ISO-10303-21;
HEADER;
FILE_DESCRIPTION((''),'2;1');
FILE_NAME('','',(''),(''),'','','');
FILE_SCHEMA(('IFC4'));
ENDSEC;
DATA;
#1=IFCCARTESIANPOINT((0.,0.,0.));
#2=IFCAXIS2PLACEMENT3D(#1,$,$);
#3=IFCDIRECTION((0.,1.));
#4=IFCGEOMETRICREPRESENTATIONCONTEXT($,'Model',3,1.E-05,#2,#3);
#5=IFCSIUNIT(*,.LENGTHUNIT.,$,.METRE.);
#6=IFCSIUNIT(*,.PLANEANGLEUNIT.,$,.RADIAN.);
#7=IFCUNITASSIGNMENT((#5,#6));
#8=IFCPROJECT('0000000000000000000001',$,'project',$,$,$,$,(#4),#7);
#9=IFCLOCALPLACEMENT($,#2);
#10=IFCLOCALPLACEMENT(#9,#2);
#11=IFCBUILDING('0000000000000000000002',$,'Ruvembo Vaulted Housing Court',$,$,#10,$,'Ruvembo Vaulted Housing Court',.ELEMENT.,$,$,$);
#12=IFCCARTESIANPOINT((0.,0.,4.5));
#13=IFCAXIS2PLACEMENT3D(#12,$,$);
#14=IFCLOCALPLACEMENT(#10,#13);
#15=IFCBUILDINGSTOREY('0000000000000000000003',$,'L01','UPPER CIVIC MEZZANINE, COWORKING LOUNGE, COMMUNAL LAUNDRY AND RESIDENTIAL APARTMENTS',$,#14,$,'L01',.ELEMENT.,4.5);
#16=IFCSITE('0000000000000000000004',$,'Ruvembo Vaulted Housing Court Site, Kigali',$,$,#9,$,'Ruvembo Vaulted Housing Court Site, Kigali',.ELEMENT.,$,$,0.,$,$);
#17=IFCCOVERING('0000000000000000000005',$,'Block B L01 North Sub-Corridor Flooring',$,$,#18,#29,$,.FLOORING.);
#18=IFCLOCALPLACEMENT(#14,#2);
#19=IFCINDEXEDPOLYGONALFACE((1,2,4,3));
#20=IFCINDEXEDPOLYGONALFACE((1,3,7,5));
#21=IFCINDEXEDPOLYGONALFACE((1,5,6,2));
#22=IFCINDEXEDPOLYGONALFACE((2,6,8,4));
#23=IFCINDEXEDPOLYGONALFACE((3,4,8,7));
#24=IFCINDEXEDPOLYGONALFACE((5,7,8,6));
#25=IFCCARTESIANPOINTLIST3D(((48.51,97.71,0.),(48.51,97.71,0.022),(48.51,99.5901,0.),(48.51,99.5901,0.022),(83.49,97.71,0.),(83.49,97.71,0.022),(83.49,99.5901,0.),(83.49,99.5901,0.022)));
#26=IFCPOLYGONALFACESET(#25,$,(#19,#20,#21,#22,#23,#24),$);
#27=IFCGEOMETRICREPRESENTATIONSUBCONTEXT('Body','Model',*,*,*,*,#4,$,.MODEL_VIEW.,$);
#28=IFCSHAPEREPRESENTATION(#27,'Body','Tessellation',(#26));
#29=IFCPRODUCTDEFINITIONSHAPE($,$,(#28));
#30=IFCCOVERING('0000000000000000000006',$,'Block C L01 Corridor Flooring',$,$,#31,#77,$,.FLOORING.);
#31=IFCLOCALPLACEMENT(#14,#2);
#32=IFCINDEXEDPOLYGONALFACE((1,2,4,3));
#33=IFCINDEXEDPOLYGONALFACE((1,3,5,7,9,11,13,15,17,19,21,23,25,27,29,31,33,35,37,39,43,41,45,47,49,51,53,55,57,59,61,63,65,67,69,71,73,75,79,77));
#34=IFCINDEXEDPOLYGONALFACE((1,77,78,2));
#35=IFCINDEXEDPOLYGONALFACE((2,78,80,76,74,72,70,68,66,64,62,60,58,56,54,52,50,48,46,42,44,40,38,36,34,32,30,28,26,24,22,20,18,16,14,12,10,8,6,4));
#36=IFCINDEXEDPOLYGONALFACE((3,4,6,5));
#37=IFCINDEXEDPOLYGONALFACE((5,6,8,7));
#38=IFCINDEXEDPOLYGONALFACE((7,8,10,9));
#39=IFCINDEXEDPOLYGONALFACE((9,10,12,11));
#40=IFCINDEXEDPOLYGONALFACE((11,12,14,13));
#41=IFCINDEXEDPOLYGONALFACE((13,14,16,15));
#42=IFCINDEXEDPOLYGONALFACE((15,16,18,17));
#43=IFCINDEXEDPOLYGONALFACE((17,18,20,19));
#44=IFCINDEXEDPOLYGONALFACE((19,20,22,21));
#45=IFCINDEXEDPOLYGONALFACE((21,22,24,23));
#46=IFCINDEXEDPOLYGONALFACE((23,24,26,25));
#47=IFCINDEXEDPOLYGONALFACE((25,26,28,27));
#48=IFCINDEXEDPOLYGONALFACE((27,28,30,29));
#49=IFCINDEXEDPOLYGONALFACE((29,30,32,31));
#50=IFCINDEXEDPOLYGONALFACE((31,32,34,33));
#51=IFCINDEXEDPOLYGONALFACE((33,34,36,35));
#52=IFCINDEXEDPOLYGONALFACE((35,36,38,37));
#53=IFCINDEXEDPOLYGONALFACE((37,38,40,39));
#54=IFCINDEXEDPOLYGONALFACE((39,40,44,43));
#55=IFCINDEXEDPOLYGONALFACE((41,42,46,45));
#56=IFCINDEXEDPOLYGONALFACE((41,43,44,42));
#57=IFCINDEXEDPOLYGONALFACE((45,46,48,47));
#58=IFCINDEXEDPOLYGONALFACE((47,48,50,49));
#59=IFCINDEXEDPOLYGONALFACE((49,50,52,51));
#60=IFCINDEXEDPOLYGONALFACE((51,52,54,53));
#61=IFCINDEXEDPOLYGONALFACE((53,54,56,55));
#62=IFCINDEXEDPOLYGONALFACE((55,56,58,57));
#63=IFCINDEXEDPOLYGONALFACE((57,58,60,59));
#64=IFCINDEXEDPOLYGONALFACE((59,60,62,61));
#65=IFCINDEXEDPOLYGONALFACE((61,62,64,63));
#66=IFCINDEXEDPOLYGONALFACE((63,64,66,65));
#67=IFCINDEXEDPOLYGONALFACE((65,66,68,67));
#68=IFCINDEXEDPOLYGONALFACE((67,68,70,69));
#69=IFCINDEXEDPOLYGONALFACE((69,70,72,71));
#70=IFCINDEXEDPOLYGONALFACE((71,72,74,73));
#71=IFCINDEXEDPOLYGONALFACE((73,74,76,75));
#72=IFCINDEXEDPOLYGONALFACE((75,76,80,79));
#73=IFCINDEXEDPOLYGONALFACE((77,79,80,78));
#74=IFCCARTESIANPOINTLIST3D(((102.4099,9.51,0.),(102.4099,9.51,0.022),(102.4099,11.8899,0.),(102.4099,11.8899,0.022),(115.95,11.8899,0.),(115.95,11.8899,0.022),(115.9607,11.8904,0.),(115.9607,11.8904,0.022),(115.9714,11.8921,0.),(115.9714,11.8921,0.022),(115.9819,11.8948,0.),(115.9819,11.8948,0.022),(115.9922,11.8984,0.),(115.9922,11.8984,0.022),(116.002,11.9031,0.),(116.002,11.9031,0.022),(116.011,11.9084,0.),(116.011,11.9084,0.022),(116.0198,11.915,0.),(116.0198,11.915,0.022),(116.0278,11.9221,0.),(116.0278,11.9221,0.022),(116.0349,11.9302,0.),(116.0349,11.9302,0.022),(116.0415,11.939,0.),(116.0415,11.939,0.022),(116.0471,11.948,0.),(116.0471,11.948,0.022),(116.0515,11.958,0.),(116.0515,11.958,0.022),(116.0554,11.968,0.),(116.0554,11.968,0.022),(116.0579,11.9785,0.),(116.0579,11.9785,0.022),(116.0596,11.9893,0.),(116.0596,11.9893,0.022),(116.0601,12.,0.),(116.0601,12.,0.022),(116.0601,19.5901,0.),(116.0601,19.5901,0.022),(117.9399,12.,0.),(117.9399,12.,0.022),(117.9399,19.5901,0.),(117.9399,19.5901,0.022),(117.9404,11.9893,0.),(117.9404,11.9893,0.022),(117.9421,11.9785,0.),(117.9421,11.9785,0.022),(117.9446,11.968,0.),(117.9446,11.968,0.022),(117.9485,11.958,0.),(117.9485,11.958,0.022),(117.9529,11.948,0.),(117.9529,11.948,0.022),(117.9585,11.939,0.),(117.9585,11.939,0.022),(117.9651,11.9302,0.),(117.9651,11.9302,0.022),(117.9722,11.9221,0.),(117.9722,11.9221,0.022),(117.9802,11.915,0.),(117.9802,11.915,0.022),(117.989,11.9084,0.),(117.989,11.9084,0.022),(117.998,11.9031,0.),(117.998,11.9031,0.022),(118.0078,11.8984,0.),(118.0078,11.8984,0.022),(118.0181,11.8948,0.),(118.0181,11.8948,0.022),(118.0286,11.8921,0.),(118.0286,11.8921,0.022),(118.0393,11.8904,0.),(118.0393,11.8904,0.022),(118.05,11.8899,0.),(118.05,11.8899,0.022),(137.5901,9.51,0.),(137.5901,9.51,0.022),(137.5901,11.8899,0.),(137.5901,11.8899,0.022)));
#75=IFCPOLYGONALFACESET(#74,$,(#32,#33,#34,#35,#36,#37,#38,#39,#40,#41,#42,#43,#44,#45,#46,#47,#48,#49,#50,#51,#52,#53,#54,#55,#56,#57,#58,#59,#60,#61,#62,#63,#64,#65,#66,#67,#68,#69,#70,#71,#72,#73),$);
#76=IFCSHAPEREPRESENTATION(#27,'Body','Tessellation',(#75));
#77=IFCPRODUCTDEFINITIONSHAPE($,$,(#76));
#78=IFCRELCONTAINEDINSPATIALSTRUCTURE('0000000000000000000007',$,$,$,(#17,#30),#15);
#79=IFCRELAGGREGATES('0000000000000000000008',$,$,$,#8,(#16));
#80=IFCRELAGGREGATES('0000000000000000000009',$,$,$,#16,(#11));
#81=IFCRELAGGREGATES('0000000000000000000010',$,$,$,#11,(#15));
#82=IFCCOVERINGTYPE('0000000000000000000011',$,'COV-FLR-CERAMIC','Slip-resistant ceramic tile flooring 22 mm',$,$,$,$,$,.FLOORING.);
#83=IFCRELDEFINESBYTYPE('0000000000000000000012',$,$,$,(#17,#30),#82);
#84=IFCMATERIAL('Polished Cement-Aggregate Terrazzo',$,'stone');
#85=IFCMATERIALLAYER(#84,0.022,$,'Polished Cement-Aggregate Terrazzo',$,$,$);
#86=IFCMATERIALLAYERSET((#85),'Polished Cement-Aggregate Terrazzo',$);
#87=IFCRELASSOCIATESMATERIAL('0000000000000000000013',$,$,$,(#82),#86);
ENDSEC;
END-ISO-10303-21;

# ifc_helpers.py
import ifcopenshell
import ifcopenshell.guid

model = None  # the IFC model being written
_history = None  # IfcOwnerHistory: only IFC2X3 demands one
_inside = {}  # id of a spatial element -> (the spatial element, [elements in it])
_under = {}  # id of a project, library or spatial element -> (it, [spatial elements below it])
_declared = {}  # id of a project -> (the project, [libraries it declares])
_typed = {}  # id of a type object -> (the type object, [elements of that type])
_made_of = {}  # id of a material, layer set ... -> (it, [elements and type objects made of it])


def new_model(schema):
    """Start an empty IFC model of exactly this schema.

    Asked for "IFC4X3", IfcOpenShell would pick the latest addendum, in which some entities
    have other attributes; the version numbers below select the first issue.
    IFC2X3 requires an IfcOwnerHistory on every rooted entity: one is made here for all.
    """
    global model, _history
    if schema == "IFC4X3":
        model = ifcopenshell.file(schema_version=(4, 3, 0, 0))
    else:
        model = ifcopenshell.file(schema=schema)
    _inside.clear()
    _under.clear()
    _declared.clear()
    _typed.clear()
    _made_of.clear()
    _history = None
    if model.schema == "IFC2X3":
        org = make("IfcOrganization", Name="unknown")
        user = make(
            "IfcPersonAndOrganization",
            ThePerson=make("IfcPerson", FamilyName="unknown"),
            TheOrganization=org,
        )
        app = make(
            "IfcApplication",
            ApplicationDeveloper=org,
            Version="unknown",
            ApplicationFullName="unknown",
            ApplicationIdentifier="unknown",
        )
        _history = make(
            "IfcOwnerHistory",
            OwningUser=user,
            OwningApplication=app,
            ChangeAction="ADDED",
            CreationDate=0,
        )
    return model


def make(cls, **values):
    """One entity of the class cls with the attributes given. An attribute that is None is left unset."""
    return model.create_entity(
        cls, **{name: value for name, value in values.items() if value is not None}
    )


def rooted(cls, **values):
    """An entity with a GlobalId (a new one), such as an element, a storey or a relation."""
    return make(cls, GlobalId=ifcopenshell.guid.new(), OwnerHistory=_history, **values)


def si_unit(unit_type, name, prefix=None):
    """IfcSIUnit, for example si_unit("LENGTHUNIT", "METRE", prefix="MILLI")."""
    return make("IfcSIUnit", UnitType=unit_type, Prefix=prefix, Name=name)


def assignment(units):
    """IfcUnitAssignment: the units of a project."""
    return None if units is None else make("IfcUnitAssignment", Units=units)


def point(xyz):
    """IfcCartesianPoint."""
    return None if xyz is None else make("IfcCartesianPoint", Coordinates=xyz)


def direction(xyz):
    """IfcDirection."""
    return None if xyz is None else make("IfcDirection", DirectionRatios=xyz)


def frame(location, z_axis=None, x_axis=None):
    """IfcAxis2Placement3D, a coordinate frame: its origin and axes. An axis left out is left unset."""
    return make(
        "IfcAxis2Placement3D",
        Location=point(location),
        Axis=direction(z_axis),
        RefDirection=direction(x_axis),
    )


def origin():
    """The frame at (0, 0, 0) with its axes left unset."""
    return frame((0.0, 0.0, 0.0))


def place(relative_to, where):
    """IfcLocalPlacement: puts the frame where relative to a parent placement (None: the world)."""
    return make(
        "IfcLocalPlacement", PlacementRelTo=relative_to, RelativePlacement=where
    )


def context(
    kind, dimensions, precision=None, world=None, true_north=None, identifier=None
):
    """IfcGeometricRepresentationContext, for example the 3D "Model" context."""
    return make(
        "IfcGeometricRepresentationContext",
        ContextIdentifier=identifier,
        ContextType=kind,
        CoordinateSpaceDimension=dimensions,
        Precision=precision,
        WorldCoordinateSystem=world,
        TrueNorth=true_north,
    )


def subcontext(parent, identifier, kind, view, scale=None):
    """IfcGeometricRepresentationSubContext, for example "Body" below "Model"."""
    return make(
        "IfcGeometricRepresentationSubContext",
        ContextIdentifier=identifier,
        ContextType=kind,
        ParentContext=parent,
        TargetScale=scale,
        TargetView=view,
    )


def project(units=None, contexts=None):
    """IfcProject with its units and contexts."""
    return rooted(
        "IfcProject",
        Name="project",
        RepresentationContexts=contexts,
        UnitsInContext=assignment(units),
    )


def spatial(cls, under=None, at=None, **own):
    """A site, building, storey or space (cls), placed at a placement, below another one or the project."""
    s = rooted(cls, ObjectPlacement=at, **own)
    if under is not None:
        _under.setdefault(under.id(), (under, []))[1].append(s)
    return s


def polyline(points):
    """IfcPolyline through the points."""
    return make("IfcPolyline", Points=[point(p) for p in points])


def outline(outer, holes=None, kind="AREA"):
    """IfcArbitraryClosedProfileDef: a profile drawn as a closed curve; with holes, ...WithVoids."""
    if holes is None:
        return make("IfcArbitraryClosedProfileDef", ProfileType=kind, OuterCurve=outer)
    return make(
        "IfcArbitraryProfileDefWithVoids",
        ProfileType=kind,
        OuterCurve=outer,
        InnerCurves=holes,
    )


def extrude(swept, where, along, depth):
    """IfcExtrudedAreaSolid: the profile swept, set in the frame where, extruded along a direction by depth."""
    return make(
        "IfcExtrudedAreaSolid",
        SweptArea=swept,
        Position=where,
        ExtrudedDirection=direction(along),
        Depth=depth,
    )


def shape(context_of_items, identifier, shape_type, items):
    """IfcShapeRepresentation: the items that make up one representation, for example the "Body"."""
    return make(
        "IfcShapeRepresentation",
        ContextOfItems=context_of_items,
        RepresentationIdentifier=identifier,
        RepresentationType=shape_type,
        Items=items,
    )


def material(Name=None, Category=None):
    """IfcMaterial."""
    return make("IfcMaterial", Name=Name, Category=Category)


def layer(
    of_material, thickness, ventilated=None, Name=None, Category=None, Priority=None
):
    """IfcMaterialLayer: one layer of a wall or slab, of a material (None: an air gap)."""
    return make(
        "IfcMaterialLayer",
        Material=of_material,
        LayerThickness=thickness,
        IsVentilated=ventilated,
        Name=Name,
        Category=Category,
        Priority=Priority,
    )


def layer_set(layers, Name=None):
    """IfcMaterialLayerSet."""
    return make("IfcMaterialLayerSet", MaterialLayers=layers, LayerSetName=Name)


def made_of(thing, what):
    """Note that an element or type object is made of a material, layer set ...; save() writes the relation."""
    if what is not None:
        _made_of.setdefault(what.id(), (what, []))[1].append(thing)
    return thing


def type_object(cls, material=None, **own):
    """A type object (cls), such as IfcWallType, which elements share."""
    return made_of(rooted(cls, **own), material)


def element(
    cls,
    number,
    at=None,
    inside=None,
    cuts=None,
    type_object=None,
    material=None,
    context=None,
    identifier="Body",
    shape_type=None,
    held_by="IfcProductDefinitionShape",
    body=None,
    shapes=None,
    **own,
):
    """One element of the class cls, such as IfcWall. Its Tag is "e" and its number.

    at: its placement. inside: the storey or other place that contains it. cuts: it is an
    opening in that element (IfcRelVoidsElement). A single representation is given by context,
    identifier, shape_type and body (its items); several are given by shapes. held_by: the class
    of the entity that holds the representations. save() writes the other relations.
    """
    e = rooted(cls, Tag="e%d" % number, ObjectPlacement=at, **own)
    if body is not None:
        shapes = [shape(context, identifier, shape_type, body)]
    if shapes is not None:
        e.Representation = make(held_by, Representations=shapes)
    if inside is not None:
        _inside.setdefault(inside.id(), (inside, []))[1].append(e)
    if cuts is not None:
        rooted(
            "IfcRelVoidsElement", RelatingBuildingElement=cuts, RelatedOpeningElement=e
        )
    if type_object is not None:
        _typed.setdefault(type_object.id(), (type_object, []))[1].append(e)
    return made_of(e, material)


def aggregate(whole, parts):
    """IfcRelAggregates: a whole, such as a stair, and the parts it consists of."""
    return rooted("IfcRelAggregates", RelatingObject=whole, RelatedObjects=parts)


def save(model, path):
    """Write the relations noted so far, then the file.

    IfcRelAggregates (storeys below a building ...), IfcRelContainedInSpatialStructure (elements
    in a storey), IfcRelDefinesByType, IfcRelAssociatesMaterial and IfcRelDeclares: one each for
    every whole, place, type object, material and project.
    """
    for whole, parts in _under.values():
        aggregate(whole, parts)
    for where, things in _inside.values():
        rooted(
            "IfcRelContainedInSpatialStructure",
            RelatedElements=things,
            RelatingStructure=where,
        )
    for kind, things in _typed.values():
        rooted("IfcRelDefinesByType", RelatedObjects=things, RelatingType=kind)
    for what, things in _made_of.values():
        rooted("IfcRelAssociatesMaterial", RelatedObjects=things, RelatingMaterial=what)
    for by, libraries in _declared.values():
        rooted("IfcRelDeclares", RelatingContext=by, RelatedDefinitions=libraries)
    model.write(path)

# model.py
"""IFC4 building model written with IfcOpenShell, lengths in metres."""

from ifc_helpers import new_model, si_unit, direction, frame, origin, place, context, subcontext, project, spatial, polyline, outline, extrude, material, layer, layer_set, type_object, element, save


model = new_model("IFC4")

# Units and contexts
model_context = context("Model", 3, precision=1e-05, world=origin(), true_north=direction((0.0, 1.0)))
body_context = subcontext(model_context, "Body", "Model", "MODEL_VIEW")
ifc_project = project(units=[si_unit("LENGTHUNIT", "METRE"), si_unit("PLANEANGLEUNIT", "RADIAN")], contexts=[model_context])

# Site, building, storey
site_placement = place(None, origin())
site = spatial("IfcSite", under=ifc_project, at=site_placement, Name="Ruvembo Vaulted Housing Court Site, Kigali", LongName="Ruvembo Vaulted Housing Court Site, Kigali", CompositionType="ELEMENT", RefElevation=0.0)
building_placement = place(site_placement, origin())
building = spatial("IfcBuilding", under=site, at=building_placement, Name="Ruvembo Vaulted Housing Court", LongName="Ruvembo Vaulted Housing Court", CompositionType="ELEMENT")
storey_placement = place(building_placement, frame((0.0, 0.0, 4.5)))
storey = spatial("IfcBuildingStorey", under=building, at=storey_placement, Name="L01", Description="UPPER CIVIC MEZZANINE, COWORKING LOUNGE, COMMUNAL LAUNDRY AND RESIDENTIAL APARTMENTS", LongName="L01", CompositionType="ELEMENT", Elevation=4.5)

# Coverings
ifc_material_1 = material(Name="Polished Cement-Aggregate Terrazzo", Category="stone")
ifc_layer_1 = layer(ifc_material_1, 0.022, Name="Polished Cement-Aggregate Terrazzo")
ifc_layer_set_1 = layer_set([ifc_layer_1], Name="Polished Cement-Aggregate Terrazzo")
covering_type_1 = type_object("IfcCoveringType", Name="COV-FLR-CERAMIC", Description="Slip-resistant ceramic tile flooring 22 mm", PredefinedType="FLOORING", material=ifc_layer_set_1)
covering_1_placement = place(storey_placement, origin())
element("IfcCovering", 1, at=covering_1_placement, inside=storey, type_object=covering_type_1, Name="Block B L01 North Sub-Corridor Flooring", PredefinedType="FLOORING", context=body_context, shape_type="SweptSolid", body=[
    extrude(outline(polyline([(83.49, 97.71), (83.49, 99.5901), (48.51, 99.5901), (48.51, 97.71), (83.49, 97.71)])), origin(), (0.0, 0.0, 1.0), 0.022),
])
covering_2_placement = place(storey_placement, origin())
element("IfcCovering", 2, at=covering_2_placement, inside=storey, type_object=covering_type_1, Name="Block C L01 Corridor Flooring", PredefinedType="FLOORING", context=body_context, shape_type="SweptSolid", body=[
    extrude(outline(polyline([(115.95, 11.8899), (102.4099, 11.8899), (102.4099, 9.51), (137.5901, 9.51), (137.5901, 11.8899), (118.05, 11.8899), (118.0393, 11.8904), (118.0286, 11.8921), (118.0181, 11.8948), (118.0078, 11.8984), (117.998, 11.9031), (117.989, 11.9084), (117.9802, 11.915), (117.9722, 11.9221), (117.9651, 11.9302), (117.9585, 11.939), (117.9529, 11.948), (117.9485, 11.958), (117.9446, 11.968), (117.9421, 11.9785), (117.9404, 11.9893), (117.9399, 12.0), (117.9399, 19.5901), (116.0601, 19.5901), (116.0601, 12.0), (116.0596, 11.9893), (116.0579, 11.9785), (116.0554, 11.968), (116.0515, 11.958), (116.0471, 11.948), (116.0415, 11.939), (116.0349, 11.9302), (116.0278, 11.9221), (116.0198, 11.915), (116.011, 11.9084), (116.002, 11.9031), (115.9922, 11.8984), (115.9819, 11.8948), (115.9714, 11.8921), (115.9607, 11.8904), (115.95, 11.8899)])), origin(), (0.0, 0.0, 1.0), 0.022),
])

save(model, "model.ifc")
